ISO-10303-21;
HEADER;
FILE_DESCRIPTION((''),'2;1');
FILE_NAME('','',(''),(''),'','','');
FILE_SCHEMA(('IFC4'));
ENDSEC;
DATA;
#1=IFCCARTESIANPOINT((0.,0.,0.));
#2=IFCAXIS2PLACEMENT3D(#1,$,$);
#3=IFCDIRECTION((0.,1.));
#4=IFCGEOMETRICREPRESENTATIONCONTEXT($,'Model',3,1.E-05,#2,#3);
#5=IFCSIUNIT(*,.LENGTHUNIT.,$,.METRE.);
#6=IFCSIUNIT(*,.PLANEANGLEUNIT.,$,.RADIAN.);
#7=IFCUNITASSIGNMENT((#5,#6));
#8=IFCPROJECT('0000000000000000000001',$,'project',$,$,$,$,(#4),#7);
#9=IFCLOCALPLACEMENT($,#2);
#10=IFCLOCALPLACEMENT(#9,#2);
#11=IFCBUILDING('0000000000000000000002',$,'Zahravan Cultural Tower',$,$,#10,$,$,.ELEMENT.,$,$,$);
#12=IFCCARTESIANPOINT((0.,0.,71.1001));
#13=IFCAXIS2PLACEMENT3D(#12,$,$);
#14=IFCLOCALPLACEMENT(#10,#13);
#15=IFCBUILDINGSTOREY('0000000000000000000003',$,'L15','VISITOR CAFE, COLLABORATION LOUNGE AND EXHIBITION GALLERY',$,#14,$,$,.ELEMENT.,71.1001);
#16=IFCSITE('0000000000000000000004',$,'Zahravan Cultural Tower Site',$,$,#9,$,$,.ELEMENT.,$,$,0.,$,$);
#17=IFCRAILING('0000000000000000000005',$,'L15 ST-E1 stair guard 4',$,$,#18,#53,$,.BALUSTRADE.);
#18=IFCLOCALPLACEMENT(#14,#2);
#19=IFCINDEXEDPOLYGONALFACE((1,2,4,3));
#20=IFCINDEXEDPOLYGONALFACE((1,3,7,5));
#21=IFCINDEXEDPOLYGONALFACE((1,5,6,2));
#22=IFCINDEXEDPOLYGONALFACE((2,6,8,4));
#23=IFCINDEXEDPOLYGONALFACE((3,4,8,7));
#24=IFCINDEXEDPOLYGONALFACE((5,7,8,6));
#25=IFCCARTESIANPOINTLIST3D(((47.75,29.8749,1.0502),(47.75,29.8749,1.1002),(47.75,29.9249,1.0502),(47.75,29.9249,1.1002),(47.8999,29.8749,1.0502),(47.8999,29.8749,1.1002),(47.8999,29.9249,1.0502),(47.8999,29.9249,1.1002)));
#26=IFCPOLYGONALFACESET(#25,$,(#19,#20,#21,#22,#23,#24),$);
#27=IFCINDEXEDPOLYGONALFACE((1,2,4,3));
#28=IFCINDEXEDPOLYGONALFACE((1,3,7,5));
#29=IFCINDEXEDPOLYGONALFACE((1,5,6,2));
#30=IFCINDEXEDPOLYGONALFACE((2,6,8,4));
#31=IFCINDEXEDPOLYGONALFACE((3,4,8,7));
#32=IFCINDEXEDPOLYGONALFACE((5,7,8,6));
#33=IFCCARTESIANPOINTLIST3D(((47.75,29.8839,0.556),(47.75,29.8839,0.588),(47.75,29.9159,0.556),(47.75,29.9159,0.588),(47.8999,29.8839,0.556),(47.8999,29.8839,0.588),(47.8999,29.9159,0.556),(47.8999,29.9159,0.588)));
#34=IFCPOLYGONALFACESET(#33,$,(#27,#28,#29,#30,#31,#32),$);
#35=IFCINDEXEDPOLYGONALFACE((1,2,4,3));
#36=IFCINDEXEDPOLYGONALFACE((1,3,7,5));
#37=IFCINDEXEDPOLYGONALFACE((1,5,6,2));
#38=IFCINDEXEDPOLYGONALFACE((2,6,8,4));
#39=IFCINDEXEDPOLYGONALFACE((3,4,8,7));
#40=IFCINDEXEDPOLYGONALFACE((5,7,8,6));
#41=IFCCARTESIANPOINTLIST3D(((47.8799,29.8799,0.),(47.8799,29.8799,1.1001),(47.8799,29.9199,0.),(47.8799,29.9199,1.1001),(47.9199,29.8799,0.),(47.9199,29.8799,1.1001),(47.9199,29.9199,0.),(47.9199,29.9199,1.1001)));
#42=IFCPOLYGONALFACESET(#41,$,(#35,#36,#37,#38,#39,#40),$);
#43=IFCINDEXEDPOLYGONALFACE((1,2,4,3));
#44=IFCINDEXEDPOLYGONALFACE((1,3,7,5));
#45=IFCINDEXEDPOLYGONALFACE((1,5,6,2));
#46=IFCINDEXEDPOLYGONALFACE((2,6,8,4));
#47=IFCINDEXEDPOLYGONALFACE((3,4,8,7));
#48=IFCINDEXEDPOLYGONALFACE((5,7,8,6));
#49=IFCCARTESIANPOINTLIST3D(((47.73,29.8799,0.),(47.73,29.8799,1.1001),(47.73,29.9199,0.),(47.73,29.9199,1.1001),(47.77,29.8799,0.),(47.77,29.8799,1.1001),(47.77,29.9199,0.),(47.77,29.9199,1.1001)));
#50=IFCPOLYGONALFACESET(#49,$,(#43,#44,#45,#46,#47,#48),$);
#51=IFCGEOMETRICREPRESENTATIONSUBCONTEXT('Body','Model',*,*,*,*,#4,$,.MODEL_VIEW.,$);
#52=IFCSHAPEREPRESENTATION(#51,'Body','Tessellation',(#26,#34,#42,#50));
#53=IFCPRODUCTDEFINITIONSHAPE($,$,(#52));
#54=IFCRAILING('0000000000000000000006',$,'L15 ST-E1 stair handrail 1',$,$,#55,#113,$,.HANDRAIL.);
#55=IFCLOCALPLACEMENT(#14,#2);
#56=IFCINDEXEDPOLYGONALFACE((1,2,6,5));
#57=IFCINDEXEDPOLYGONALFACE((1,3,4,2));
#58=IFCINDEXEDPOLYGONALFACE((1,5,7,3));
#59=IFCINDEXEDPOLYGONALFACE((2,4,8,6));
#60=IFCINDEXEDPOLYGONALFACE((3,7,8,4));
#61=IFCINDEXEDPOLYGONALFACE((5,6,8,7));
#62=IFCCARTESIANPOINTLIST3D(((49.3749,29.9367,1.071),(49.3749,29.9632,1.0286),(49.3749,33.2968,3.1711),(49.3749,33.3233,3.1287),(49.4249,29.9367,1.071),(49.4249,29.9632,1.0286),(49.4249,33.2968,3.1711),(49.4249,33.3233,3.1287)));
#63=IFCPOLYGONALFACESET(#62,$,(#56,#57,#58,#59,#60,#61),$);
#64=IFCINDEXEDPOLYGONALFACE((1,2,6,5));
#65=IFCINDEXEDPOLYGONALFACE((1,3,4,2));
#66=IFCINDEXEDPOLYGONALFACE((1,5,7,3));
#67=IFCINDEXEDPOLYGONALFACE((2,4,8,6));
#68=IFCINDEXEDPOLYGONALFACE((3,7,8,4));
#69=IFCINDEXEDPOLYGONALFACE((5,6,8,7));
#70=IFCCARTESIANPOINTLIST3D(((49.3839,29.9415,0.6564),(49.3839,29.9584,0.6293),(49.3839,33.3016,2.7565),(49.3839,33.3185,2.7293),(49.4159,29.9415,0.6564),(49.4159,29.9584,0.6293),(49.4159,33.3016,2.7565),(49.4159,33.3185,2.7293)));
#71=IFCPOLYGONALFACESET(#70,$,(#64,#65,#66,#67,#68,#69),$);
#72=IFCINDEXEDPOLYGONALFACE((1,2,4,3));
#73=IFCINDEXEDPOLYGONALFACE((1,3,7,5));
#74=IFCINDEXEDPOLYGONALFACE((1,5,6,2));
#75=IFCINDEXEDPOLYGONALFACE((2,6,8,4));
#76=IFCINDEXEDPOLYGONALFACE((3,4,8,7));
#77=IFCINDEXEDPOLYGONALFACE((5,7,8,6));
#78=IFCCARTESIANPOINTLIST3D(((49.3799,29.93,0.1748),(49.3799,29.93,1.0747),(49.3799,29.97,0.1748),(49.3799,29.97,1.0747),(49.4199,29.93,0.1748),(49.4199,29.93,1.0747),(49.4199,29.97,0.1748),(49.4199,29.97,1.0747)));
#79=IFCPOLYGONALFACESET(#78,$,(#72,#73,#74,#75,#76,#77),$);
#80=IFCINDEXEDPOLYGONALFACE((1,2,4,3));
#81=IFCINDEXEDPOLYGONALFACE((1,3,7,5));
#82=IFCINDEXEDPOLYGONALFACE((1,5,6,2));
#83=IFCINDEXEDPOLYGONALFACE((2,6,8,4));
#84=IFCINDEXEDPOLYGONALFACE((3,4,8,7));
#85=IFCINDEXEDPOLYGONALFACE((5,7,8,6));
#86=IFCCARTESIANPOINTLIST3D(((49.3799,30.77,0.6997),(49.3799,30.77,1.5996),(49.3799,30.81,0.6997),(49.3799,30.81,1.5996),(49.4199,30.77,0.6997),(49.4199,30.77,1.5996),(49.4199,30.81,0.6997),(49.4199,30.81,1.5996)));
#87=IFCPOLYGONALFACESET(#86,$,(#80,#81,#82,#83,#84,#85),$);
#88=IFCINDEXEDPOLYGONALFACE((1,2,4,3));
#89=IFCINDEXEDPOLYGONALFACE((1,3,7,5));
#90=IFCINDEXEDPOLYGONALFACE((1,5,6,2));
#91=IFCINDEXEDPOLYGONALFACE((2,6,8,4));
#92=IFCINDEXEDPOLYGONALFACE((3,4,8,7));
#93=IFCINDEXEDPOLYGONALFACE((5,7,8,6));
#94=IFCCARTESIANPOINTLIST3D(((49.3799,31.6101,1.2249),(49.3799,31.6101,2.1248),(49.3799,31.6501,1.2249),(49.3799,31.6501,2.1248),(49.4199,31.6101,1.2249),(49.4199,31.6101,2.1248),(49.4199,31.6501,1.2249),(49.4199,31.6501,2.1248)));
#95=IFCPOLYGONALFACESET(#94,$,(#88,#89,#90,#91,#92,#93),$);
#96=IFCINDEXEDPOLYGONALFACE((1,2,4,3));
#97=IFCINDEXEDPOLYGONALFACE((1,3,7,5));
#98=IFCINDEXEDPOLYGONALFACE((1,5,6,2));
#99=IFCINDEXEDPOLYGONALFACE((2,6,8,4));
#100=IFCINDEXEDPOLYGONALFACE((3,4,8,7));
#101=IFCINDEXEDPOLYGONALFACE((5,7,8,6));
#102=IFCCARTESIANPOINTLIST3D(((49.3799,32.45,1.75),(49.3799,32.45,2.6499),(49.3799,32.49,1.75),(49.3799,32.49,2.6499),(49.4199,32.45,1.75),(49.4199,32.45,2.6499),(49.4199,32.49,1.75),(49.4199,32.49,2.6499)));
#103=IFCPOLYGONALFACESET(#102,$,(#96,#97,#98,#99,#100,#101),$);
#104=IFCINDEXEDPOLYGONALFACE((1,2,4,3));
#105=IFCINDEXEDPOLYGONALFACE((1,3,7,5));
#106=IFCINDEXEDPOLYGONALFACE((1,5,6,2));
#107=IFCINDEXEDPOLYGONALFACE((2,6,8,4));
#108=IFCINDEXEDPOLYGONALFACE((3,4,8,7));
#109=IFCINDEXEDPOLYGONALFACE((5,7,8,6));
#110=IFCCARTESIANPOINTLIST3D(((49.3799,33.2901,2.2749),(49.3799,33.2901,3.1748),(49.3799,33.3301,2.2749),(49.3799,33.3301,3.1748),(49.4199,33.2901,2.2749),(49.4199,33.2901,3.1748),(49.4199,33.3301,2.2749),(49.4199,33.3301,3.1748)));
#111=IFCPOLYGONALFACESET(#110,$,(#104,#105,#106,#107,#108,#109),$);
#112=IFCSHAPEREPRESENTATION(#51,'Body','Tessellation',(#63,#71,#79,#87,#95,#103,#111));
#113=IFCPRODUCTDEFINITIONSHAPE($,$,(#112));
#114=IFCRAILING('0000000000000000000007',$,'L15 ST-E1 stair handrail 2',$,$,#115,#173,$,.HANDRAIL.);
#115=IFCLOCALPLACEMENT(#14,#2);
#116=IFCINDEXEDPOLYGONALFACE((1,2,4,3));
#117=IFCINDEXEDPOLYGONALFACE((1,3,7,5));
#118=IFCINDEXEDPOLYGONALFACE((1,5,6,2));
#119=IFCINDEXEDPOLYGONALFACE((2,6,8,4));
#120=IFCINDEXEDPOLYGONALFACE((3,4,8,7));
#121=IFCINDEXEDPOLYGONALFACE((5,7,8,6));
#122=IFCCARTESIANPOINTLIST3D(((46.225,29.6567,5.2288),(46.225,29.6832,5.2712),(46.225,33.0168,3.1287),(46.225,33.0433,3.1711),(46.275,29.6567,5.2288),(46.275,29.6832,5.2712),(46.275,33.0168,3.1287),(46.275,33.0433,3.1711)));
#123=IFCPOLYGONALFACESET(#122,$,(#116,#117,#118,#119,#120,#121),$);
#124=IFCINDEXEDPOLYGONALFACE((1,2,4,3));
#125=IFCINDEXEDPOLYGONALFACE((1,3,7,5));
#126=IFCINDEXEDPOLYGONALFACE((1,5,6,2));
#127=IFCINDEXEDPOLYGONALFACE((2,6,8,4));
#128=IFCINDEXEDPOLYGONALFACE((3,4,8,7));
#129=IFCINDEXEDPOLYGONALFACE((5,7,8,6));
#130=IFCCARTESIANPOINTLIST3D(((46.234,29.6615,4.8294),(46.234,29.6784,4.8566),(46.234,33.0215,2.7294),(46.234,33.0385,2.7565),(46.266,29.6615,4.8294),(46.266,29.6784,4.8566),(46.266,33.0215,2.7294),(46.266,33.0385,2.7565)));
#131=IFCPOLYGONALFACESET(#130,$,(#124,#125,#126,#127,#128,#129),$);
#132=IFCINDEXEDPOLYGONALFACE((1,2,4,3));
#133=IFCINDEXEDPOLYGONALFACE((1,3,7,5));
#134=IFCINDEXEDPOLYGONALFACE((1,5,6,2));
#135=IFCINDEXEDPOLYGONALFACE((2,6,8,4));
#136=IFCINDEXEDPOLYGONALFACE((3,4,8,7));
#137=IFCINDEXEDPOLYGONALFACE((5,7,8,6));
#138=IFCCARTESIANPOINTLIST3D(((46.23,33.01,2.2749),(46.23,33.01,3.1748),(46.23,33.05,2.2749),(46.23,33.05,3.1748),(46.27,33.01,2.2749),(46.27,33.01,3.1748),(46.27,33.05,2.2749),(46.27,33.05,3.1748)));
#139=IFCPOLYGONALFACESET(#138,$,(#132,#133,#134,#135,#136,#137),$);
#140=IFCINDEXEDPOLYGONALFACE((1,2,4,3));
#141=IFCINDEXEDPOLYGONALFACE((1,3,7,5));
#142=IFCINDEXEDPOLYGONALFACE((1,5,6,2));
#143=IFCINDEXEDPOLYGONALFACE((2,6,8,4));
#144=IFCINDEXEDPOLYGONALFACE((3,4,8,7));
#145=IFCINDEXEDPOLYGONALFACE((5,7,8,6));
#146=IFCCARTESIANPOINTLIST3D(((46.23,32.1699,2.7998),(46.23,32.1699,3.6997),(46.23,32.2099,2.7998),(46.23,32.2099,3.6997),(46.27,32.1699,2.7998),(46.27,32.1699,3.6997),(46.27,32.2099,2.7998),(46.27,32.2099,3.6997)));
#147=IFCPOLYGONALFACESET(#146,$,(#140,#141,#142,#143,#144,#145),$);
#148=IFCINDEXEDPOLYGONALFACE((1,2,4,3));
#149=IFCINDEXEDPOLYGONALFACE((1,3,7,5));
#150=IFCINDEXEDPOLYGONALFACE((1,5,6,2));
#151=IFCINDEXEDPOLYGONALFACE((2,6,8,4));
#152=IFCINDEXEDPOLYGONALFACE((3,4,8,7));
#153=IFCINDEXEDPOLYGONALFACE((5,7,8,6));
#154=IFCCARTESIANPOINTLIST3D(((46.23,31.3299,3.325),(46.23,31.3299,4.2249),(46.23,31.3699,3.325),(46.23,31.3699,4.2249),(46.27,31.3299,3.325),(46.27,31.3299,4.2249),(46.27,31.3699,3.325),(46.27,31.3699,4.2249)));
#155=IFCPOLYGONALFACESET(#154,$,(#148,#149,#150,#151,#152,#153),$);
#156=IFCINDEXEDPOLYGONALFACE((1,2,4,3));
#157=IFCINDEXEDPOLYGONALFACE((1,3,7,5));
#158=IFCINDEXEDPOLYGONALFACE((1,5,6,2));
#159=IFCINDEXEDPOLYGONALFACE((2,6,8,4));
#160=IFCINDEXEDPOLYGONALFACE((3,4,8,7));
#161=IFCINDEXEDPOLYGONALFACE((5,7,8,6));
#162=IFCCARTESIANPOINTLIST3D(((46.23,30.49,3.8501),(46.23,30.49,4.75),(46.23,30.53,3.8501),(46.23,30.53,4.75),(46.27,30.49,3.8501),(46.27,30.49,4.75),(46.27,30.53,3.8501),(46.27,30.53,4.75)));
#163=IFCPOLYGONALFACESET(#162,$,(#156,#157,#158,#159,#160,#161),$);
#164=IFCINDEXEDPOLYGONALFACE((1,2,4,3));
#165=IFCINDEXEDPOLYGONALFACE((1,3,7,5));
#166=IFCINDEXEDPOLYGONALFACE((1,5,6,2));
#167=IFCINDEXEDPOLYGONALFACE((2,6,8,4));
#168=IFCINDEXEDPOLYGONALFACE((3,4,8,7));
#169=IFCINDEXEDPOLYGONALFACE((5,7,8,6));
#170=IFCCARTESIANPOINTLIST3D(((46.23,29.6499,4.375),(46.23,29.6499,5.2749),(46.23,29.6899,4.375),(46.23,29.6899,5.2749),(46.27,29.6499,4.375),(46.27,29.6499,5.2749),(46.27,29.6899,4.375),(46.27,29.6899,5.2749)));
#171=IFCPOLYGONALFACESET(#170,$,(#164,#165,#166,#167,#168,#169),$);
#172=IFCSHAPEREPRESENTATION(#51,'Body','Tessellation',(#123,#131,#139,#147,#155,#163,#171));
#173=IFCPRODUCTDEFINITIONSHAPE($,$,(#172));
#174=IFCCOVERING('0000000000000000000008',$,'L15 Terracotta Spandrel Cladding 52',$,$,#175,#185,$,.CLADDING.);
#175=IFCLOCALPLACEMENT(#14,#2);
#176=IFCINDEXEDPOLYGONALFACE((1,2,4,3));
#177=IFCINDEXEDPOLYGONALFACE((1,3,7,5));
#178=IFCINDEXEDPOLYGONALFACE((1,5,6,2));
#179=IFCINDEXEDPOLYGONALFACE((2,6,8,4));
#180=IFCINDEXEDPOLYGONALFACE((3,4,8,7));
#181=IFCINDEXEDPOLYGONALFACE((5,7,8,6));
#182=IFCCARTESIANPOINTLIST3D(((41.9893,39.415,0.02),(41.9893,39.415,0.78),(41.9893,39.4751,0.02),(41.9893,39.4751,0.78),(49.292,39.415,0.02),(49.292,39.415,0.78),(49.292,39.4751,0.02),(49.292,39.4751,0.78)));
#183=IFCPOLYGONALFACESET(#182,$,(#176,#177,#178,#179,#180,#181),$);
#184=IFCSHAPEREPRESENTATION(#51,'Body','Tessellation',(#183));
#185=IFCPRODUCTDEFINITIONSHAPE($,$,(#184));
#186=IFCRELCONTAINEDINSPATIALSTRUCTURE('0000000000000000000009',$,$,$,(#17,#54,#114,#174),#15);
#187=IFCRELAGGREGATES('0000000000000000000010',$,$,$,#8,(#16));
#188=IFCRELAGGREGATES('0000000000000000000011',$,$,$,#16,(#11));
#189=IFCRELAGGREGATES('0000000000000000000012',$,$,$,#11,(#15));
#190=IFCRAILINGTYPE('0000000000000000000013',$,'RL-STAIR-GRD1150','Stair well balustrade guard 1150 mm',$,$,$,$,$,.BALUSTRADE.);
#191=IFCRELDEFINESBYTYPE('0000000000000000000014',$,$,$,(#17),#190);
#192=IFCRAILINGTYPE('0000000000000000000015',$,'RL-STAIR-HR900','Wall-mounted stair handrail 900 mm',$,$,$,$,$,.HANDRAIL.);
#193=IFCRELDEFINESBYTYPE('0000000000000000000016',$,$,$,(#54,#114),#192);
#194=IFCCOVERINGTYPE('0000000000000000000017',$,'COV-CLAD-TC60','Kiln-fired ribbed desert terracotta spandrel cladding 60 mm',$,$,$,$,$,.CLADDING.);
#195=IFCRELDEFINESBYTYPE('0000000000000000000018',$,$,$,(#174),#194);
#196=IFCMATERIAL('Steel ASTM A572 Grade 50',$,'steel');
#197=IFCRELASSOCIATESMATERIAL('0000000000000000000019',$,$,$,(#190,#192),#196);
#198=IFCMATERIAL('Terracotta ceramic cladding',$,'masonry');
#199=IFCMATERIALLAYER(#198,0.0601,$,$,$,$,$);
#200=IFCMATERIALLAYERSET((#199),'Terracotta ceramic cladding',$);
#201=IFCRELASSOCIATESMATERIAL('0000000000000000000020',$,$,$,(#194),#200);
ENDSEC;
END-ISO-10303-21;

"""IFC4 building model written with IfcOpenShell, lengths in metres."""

from ifc_helpers import new_model, si_unit, direction, frame, origin, origin_2d, place, context, subcontext, project, spatial, rectangle, extrude, source, transform, mapped, material, layer, layer_set, type_object, element, save


model = new_model("IFC4")

# Units and contexts
model_context = context("Model", 3, precision=1e-05, world=origin(), true_north=direction((0.0, 1.0)))
body_context = subcontext(model_context, "Body", "Model", "MODEL_VIEW")
ifc_project = project(units=[si_unit("LENGTHUNIT", "METRE"), si_unit("PLANEANGLEUNIT", "RADIAN")], contexts=[model_context])

# Site, building, storey
site_placement = place(None, origin())
site = spatial("IfcSite", under=ifc_project, at=site_placement, Name="Zahravan Cultural Tower Site", CompositionType="ELEMENT", RefElevation=0.0)
building_placement = place(site_placement, origin())
building = spatial("IfcBuilding", under=site, at=building_placement, Name="Zahravan Cultural Tower", CompositionType="ELEMENT")
storey_placement = place(building_placement, frame((0.0, 0.0, 71.1001)))
storey = spatial("IfcBuildingStorey", under=building, at=storey_placement, Name="L15", Description="VISITOR CAFE, COLLABORATION LOUNGE AND EXHIBITION GALLERY", CompositionType="ELEMENT", Elevation=71.1001)

# Shared definitions
ifc_material_1 = material(Name="Steel ASTM A572 Grade 50", Category="steel")

# Railings
railing_type_1 = type_object("IfcRailingType", Name="RL-STAIR-GRD1150", Description="Stair well balustrade guard 1150 mm", PredefinedType="BALUSTRADE", material=ifc_material_1)
railing_1_placement = place(storey_placement, frame((47.8999, 29.8999, 0.0)))
element("IfcRailing", 1, at=railing_1_placement, inside=storey, type_object=railing_type_1, Name="L15 ST-E1 stair guard 4", PredefinedType="BALUSTRADE", context=body_context, shape_type="SweptSolid", body=[
    extrude(rectangle(XDim=0.05, YDim=0.05, at=origin_2d()), frame((0.0, 0.0, 1.0752), z_axis=(-1.0, 0.0, 0.0), x_axis=(0.0, -1.0, 0.0)), (0.0, 0.0, 1.0), 0.1499),
    extrude(rectangle(XDim=0.032, YDim=0.032, at=origin_2d()), frame((0.0, 0.0, 0.572), z_axis=(-1.0, 0.0, 0.0), x_axis=(0.0, -1.0, 0.0)), (0.0, 0.0, 1.0), 0.1499),
    extrude(rectangle(XDim=0.04, YDim=0.04, at=origin_2d()), origin(), (0.0, 0.0, 1.0), 1.1001),
    extrude(rectangle(XDim=0.04, YDim=0.04, at=origin_2d()), frame((-0.1499, 0.0, 0.0)), (0.0, 0.0, 1.0), 1.1001),
])
railing_type_2 = type_object("IfcRailingType", Name="RL-STAIR-HR900", Description="Wall-mounted stair handrail 900 mm", PredefinedType="HANDRAIL", material=ifc_material_1)
railing_2_placement = place(storey_placement, frame((49.3999, 29.95, 0.1748)))
element("IfcRailing", 2, at=railing_2_placement, inside=storey, type_object=railing_type_2, Name="L15 ST-E1 stair handrail 1", PredefinedType="HANDRAIL", context=body_context, shape_type="SweptSolid", body=[
    extrude(rectangle(XDim=0.05, YDim=0.05, at=origin_2d()), frame((0.0, 0.0, 0.875), z_axis=(0.0, 0.847995, 0.530004), x_axis=(-1.0, 0.0, 0.0)), (0.0, 0.0, 1.0), 3.9624),
    extrude(rectangle(XDim=0.032, YDim=0.032, at=origin_2d()), frame((0.0, 0.0, 0.468), z_axis=(0.0, 0.847995, 0.530004), x_axis=(-1.0, 0.0, 0.0)), (0.0, 0.0, 1.0), 3.9624),
    extrude(rectangle(XDim=0.04, YDim=0.04, at=origin_2d()), origin(), (0.0, 0.0, 1.0), 0.8999),
    extrude(rectangle(XDim=0.04, YDim=0.04, at=origin_2d()), frame((0.0, 0.8401, 0.5249)), (0.0, 0.0, 1.0), 0.8999),
    extrude(rectangle(XDim=0.04, YDim=0.04, at=origin_2d()), frame((0.0, 1.6802, 1.05)), (0.0, 0.0, 1.0), 0.8999),
    extrude(rectangle(XDim=0.04, YDim=0.04, at=origin_2d()), frame((0.0, 2.52, 1.5752)), (0.0, 0.0, 1.0), 0.8999),
    extrude(rectangle(XDim=0.04, YDim=0.04, at=origin_2d()), frame((0.0, 3.3601, 2.1001)), (0.0, 0.0, 1.0), 0.8999),
])
railing_3_placement = place(storey_placement, frame((46.25, 33.03, 2.2749)))
element("IfcRailing", 3, at=railing_3_placement, inside=storey, type_object=railing_type_2, Name="L15 ST-E1 stair handrail 2", PredefinedType="HANDRAIL", context=body_context, shape_type="SweptSolid", body=[
    extrude(rectangle(XDim=0.05, YDim=0.05, at=origin_2d()), frame((0.0, 0.0, 0.875), z_axis=(0.0, -0.847995, 0.530004), x_axis=(1.0, 0.0, 0.0)), (0.0, 0.0, 1.0), 3.9624),
    extrude(rectangle(XDim=0.032, YDim=0.032, at=origin_2d()), frame((0.0, 0.0, 0.468), z_axis=(0.0, -0.847995, 0.530004), x_axis=(1.0, 0.0, 0.0)), (0.0, 0.0, 1.0), 3.9624),
    extrude(rectangle(XDim=0.04, YDim=0.04, at=origin_2d()), origin(), (0.0, 0.0, 1.0), 0.8999),
    extrude(rectangle(XDim=0.04, YDim=0.04, at=origin_2d()), frame((0.0, -0.8401, 0.5249)), (0.0, 0.0, 1.0), 0.8999),
    extrude(rectangle(XDim=0.04, YDim=0.04, at=origin_2d()), frame((0.0, -1.6802, 1.05)), (0.0, 0.0, 1.0), 0.8999),
    extrude(rectangle(XDim=0.04, YDim=0.04, at=origin_2d()), frame((0.0, -2.52, 1.5752)), (0.0, 0.0, 1.0), 0.8999),
    extrude(rectangle(XDim=0.04, YDim=0.04, at=origin_2d()), frame((0.0, -3.3601, 2.1001)), (0.0, 0.0, 1.0), 0.8999),
])

# Covering
ifc_material_2 = material(Name="Terracotta ceramic cladding", Category="masonry")
ifc_layer_1 = layer(ifc_material_2, 0.0601)
ifc_layer_set_1 = layer_set([ifc_layer_1], Name="Terracotta ceramic cladding")
covering_type = type_object("IfcCoveringType", Name="COV-CLAD-TC60", Description="Kiln-fired ribbed desert terracotta spandrel cladding 60 mm", PredefinedType="CLADDING", material=ifc_layer_set_1)
shared_shape_1 = source(origin(), body_context, "Body", "SweptSolid", [
    extrude(rectangle(XDim=7.3027, YDim=0.0601, at=origin_2d()), origin(), (0.0, 0.0, 1.0), 0.76),
])
covering_placement = place(storey_placement, frame((45.6406, 39.4451, 0.02), z_axis=(0.0, 0.0, 1.0), x_axis=(1.0, 0.0, 0.0)))
element("IfcCovering", 4, at=covering_placement, inside=storey, type_object=covering_type, Name="L15 Terracotta Spandrel Cladding 52", PredefinedType="CLADDING", context=body_context, shape_type="MappedRepresentation", body=[
    mapped(shared_shape_1, transform((0.0, 0.0, 0.0), x_axis=(1.0, 0.0, 0.0), y_axis=(0.0, 1.0, 0.0), z_axis=(0.0, 0.0, 1.0), scale=1.0)),
])

save(model, "model.ifc")
